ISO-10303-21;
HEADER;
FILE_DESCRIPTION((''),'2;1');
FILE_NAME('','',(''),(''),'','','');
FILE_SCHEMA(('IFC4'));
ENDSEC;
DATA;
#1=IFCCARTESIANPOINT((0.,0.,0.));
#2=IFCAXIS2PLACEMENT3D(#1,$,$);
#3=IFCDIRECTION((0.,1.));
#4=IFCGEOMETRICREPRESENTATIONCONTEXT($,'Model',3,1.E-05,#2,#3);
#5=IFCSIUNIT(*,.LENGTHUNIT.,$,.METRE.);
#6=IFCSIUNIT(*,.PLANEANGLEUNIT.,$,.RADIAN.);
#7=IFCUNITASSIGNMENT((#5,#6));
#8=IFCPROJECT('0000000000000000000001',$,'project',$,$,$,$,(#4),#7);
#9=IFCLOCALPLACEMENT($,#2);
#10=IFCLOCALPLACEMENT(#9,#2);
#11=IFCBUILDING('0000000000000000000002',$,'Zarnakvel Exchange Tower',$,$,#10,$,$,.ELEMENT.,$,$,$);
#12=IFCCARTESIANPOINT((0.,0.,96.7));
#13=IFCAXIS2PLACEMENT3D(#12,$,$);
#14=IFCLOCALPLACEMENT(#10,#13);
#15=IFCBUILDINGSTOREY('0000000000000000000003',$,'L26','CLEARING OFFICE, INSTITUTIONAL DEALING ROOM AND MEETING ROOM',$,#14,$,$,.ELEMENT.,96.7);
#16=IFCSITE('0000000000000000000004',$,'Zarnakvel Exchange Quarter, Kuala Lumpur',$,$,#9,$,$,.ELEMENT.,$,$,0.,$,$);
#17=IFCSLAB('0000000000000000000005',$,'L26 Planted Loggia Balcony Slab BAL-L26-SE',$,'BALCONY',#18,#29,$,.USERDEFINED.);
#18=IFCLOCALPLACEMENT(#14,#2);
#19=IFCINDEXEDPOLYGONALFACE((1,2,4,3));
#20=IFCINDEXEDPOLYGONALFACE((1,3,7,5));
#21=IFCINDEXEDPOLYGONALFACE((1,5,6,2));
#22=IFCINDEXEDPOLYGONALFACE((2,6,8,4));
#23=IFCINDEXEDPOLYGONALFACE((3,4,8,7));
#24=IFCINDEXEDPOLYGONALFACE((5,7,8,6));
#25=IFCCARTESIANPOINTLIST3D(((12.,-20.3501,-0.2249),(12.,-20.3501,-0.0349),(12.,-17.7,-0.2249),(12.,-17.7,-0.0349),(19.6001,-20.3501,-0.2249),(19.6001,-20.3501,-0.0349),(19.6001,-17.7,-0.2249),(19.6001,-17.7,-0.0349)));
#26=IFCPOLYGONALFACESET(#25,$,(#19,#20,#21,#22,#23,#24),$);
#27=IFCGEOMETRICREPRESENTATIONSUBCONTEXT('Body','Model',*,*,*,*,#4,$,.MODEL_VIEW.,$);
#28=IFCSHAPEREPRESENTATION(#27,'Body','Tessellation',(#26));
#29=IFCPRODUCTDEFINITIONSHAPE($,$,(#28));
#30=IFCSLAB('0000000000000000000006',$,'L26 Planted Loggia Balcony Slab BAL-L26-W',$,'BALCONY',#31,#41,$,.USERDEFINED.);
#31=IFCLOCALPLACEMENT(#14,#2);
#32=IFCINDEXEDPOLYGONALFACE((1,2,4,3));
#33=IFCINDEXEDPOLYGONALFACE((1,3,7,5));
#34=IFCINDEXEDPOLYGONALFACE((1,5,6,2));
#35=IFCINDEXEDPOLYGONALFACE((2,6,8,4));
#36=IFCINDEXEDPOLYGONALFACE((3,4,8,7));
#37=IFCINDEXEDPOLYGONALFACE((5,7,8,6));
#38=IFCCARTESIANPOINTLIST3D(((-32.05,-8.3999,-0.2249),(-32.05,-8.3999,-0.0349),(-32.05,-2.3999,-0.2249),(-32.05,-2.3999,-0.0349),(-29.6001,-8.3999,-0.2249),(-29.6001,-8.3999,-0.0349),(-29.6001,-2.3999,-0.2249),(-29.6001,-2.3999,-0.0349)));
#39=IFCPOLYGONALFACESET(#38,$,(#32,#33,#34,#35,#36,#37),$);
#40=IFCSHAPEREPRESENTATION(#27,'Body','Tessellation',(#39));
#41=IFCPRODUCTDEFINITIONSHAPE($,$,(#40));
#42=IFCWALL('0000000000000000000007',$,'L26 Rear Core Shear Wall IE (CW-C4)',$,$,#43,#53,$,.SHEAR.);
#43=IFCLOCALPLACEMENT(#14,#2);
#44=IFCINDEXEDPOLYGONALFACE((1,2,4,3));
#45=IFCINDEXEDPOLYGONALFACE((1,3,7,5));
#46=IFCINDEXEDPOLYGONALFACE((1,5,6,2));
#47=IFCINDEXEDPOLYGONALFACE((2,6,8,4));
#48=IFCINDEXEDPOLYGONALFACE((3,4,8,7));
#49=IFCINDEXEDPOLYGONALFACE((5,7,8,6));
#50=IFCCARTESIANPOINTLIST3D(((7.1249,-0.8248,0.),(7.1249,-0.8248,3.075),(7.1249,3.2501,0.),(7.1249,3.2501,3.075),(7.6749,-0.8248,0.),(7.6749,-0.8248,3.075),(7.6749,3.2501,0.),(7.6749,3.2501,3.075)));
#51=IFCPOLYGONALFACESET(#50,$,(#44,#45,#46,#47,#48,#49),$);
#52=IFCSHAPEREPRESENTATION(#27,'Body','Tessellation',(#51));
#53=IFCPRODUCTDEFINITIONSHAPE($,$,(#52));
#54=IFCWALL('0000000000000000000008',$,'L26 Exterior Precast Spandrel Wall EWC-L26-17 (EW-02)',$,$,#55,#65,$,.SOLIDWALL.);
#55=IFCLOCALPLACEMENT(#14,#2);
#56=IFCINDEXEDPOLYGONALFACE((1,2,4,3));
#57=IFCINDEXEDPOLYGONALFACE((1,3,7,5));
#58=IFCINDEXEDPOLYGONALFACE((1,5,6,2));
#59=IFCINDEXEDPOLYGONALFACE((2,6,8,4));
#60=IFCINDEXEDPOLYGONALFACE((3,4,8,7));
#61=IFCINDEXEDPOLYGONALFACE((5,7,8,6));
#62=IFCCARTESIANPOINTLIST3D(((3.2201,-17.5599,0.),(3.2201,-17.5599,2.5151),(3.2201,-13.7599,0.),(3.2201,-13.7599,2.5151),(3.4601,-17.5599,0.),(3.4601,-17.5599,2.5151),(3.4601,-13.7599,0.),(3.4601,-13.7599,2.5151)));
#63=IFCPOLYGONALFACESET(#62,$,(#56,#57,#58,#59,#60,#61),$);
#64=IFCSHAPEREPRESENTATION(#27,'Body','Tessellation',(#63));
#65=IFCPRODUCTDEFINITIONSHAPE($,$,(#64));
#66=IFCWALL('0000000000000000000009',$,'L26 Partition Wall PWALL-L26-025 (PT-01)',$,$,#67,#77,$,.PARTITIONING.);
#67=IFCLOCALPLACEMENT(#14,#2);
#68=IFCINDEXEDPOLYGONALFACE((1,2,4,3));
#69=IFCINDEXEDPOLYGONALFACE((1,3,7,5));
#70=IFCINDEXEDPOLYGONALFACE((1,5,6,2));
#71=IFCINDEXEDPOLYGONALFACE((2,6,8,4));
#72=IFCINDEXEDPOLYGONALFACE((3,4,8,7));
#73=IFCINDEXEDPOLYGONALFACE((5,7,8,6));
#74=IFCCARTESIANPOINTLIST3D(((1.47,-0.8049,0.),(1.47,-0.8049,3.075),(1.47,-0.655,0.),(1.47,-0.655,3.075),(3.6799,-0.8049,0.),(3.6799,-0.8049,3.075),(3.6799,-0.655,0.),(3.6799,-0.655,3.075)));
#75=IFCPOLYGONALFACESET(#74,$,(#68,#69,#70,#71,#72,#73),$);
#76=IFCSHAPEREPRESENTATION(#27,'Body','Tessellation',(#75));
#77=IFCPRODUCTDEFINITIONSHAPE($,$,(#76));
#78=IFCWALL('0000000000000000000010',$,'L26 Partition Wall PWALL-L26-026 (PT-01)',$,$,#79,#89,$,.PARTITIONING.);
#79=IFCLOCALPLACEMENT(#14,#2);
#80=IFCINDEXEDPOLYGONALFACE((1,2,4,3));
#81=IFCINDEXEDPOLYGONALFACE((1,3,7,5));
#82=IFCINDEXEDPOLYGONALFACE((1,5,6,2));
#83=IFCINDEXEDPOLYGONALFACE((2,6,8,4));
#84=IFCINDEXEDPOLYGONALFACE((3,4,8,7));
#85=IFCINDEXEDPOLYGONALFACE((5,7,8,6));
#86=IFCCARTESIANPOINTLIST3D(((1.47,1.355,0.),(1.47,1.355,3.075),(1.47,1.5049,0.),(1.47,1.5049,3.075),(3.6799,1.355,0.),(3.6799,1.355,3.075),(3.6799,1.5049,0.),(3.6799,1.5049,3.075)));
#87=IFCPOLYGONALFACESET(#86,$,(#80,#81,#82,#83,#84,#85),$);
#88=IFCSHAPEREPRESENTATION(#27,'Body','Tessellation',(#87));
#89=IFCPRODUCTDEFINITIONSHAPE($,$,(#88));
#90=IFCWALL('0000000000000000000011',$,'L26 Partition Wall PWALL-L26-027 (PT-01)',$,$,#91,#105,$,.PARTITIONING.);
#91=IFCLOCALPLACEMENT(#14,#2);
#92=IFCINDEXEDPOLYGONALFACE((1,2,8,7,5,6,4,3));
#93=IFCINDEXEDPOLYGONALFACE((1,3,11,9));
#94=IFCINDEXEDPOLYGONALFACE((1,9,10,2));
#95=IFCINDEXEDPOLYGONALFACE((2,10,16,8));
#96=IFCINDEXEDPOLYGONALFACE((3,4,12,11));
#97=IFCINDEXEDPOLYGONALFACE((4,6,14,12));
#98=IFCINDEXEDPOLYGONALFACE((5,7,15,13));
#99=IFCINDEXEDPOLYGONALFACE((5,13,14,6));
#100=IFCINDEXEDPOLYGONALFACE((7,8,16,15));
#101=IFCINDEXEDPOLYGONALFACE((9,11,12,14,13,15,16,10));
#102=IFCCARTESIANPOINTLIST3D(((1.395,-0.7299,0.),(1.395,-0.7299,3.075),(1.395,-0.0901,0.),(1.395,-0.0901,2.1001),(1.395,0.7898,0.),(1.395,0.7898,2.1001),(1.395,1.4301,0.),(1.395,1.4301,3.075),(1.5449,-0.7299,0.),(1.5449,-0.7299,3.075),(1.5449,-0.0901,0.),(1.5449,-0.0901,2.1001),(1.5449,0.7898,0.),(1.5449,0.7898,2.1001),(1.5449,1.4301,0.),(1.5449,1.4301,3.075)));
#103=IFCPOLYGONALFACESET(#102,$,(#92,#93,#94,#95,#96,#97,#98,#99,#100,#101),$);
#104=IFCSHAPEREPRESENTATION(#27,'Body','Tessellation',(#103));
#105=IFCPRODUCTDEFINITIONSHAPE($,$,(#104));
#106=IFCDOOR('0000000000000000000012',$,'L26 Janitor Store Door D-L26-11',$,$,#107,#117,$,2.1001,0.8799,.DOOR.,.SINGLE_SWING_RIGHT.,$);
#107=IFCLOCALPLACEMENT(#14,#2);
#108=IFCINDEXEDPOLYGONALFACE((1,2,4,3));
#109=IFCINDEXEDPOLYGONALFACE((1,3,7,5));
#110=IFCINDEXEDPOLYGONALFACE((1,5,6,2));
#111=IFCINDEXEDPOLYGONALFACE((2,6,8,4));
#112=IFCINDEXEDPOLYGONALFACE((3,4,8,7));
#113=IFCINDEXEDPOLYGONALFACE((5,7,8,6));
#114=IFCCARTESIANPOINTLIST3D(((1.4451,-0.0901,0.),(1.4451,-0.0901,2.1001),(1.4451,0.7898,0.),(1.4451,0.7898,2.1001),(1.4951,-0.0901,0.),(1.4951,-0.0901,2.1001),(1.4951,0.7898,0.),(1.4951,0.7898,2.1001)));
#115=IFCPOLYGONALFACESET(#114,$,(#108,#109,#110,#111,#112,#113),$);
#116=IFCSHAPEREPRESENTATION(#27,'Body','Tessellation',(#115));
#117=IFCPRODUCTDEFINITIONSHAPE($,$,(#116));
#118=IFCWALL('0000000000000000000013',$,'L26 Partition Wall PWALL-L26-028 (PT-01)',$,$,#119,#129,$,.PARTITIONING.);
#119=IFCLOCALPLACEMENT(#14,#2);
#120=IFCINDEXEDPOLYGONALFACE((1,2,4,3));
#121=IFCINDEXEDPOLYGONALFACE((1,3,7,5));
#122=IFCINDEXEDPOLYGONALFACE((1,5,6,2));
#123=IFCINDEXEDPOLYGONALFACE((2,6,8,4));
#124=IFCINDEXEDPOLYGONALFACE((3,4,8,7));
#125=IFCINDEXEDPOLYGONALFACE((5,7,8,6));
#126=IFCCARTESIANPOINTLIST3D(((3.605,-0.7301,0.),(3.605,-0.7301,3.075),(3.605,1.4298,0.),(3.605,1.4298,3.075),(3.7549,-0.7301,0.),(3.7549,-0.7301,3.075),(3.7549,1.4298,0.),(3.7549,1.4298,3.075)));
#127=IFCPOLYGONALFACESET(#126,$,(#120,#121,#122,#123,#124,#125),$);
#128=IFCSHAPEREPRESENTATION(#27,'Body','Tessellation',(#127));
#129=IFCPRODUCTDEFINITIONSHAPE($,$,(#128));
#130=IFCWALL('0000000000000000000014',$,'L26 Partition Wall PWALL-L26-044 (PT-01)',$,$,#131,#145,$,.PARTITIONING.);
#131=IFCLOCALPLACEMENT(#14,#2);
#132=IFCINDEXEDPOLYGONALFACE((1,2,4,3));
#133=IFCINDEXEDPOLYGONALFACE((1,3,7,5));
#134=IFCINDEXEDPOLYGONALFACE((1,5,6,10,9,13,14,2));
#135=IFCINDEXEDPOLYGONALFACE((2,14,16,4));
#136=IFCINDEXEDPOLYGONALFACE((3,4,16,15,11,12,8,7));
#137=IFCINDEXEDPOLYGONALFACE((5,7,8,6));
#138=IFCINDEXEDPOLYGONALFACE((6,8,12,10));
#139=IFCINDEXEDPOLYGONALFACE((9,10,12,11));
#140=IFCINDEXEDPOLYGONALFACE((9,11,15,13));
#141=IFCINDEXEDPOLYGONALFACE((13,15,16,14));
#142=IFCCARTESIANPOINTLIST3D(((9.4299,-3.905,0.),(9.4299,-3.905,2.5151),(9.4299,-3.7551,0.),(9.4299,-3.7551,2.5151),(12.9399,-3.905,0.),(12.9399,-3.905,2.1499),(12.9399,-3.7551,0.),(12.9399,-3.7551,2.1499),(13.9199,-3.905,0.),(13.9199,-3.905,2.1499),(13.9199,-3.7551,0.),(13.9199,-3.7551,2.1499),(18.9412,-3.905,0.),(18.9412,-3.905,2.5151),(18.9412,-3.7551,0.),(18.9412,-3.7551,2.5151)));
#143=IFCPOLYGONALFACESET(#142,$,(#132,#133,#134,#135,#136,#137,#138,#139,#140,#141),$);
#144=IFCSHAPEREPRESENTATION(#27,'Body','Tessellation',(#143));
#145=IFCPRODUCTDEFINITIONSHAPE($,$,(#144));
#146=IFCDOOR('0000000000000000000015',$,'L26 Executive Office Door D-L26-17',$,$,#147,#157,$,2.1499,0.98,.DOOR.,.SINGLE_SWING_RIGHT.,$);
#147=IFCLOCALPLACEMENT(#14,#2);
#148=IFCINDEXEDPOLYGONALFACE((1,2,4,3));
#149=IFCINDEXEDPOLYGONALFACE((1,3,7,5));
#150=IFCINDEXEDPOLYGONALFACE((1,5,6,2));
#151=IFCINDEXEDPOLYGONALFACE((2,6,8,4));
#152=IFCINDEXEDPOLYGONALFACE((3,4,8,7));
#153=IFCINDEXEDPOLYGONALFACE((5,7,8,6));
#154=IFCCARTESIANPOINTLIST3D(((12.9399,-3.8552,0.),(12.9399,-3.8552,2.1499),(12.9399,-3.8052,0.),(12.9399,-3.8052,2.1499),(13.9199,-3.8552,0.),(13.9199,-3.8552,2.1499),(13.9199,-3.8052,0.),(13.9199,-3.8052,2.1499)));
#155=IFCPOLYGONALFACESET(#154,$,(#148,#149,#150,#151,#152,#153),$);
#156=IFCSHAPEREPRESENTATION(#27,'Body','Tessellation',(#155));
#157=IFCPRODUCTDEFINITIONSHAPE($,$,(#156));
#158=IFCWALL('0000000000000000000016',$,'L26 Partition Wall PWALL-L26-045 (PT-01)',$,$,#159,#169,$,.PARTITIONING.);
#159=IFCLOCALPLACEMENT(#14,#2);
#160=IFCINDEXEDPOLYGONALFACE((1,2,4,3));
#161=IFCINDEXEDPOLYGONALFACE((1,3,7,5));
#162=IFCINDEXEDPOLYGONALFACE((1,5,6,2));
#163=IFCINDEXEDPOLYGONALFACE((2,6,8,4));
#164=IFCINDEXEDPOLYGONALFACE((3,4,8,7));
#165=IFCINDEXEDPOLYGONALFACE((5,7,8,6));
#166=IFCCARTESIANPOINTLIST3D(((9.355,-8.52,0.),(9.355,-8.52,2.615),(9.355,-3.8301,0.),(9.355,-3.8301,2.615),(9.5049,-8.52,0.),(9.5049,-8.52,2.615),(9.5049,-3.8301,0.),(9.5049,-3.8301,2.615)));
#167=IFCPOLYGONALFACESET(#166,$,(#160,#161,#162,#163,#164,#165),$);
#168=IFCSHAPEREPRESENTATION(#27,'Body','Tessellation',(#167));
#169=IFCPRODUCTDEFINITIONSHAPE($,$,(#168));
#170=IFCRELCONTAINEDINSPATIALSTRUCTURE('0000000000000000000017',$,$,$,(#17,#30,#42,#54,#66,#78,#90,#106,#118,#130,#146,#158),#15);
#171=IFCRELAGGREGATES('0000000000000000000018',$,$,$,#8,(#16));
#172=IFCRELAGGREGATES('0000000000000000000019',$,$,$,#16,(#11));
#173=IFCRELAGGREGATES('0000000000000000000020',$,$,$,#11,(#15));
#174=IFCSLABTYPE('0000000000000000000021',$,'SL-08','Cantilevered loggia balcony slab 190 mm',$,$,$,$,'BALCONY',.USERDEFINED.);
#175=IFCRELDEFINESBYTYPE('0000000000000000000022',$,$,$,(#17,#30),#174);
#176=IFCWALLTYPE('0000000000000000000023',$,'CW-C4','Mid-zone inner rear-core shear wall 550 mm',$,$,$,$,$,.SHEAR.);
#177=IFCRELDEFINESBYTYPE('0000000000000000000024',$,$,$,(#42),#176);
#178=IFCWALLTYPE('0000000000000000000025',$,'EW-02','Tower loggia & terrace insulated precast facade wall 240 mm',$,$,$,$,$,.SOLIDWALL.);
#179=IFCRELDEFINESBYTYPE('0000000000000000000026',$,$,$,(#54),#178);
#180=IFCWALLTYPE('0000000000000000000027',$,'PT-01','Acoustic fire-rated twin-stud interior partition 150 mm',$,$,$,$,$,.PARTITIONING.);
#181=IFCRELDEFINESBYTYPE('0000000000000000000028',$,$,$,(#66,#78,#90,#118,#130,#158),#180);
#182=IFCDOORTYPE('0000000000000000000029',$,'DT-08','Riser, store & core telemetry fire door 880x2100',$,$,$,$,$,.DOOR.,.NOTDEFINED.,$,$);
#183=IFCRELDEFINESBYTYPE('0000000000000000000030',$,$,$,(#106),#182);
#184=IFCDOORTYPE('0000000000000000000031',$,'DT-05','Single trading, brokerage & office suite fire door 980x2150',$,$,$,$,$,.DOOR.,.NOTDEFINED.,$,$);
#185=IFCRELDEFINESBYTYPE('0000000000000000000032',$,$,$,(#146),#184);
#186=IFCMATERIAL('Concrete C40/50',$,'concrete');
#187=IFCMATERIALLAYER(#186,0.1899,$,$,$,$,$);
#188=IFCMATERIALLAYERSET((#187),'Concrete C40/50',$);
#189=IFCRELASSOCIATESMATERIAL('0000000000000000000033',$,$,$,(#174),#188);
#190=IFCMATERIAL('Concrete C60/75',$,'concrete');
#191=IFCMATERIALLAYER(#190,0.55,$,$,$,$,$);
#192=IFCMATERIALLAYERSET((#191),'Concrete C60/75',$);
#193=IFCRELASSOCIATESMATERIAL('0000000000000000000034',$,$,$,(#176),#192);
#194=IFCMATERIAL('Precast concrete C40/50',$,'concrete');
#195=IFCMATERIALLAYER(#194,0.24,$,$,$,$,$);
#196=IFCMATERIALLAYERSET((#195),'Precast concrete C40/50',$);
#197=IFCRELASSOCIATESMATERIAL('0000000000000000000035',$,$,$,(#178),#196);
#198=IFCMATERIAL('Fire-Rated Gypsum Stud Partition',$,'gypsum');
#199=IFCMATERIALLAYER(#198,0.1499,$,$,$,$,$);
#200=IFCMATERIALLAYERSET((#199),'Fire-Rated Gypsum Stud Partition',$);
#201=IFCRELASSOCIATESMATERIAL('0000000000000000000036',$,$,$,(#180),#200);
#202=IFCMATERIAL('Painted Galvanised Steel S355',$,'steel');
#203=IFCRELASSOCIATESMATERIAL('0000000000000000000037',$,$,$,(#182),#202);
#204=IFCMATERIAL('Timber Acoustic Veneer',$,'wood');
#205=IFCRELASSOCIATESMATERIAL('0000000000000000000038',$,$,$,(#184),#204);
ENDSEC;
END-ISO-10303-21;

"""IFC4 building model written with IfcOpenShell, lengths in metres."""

from ifc_helpers import new_model, si_unit, direction, frame, frame_2d, origin, place, context, subcontext, project, spatial, polyline, rectangle, outline, extrude, source, transform, mapped, material, layer, layer_set, type_object, element, fill, save


model = new_model("IFC4")

# Units and contexts
model_context = context("Model", 3, precision=1e-05, world=origin(), true_north=direction((0.0, 1.0)))
body_context = subcontext(model_context, "Body", "Model", "MODEL_VIEW")
ifc_project = project(units=[si_unit("LENGTHUNIT", "METRE"), si_unit("PLANEANGLEUNIT", "RADIAN")], contexts=[model_context])

# Site, building, storey
site_placement = place(None, origin())
site = spatial("IfcSite", under=ifc_project, at=site_placement, Name="Zarnakvel Exchange Quarter, Kuala Lumpur", CompositionType="ELEMENT", RefElevation=0.0)
building_placement = place(site_placement, origin())
building = spatial("IfcBuilding", under=site, at=building_placement, Name="Zarnakvel Exchange Tower", CompositionType="ELEMENT")
storey_placement = place(building_placement, frame((0.0, 0.0, 96.7)))
storey = spatial("IfcBuildingStorey", under=building, at=storey_placement, Name="L26", Description="CLEARING OFFICE, INSTITUTIONAL DEALING ROOM AND MEETING ROOM", CompositionType="ELEMENT", Elevation=96.7)

# Shared definitions
ifc_material_1 = material(Name="Concrete C60/75", Category="concrete")

# Shared definitions
ifc_material_2 = material(Name="Concrete C40/50", Category="concrete")

# Slabs
ifc_layer_1 = layer(ifc_material_2, 0.1899)
ifc_layer_set_1 = layer_set([ifc_layer_1], Name="Concrete C40/50")
slab_type_1 = type_object("IfcSlabType", Name="SL-08", Description="Cantilevered loggia balcony slab 190 mm", ElementType="BALCONY", PredefinedType="USERDEFINED", material=ifc_layer_set_1)
slab_1_placement = place(storey_placement, frame((0.0, 0.0, -0.2249)))
element("IfcSlab", 1, at=slab_1_placement, inside=storey, type_object=slab_type_1, Name="L26 Planted Loggia Balcony Slab BAL-L26-SE", ObjectType="BALCONY", PredefinedType="USERDEFINED", context=body_context, shape_type="SweptSolid", body=[
    extrude(outline(polyline([(12.0, -20.3501), (19.6001, -20.3501), (19.6001, -17.7), (12.0, -17.7), (12.0, -20.3501)])), origin(), (0.0, 0.0, 1.0), 0.1899),
])
slab_2_placement = place(storey_placement, frame((0.0, 0.0, -0.2249)))
element("IfcSlab", 2, at=slab_2_placement, inside=storey, type_object=slab_type_1, Name="L26 Planted Loggia Balcony Slab BAL-L26-W", ObjectType="BALCONY", PredefinedType="USERDEFINED", context=body_context, shape_type="SweptSolid", body=[
    extrude(outline(polyline([(-32.05, -8.3999), (-29.6001, -8.3999), (-29.6001, -2.3999), (-32.05, -2.3999), (-32.05, -8.3999)])), origin(), (0.0, 0.0, 1.0), 0.1899),
])

# Shared definitions
ifc_material_3 = material(Name="Painted Galvanised Steel S355", Category="steel")

# Walls
ifc_layer_2 = layer(ifc_material_1, 0.55)
ifc_layer_set_2 = layer_set([ifc_layer_2], Name="Concrete C60/75")
wall_type_1 = type_object("IfcWallType", Name="CW-C4", Description="Mid-zone inner rear-core shear wall 550 mm", PredefinedType="SHEAR", material=ifc_layer_set_2)
wall_1_placement = place(storey_placement, frame((7.3999, -0.825, 0.0), z_axis=(0.0, 0.0, 1.0), x_axis=(0.0, 1.0, 0.0)))
element("IfcWall", 3, at=wall_1_placement, inside=storey, type_object=wall_type_1, Name="L26 Rear Core Shear Wall IE (CW-C4)", PredefinedType="SHEAR", context=body_context, shape_type="SweptSolid", body=[
    extrude(rectangle(XDim=4.075, YDim=0.55, at=frame_2d((2.0376, 0.0))), origin(), (0.0, 0.0, 1.0), 3.075),
])
ifc_material_4 = material(Name="Precast concrete C40/50", Category="concrete")
ifc_layer_3 = layer(ifc_material_4, 0.24)
ifc_layer_set_3 = layer_set([ifc_layer_3], Name="Precast concrete C40/50")
wall_type_2 = type_object("IfcWallType", Name="EW-02", Description="Tower loggia & terrace insulated precast facade wall 240 mm", PredefinedType="SOLIDWALL", material=ifc_layer_set_3)
wall_2_placement = place(storey_placement, frame((3.3401, -13.76, 0.0), z_axis=(0.0, 0.0, 1.0), x_axis=(0.0, -1.0, 0.0)))
element("IfcWall", 4, at=wall_2_placement, inside=storey, type_object=wall_type_2, Name="L26 Exterior Precast Spandrel Wall EWC-L26-17 (EW-02)", PredefinedType="SOLIDWALL", context=body_context, shape_type="SweptSolid", body=[
    extrude(rectangle(XDim=3.8, YDim=0.24, at=frame_2d((1.8999, 0.0))), origin(), (0.0, 0.0, 1.0), 2.5151),
])
ifc_material_5 = material(Name="Fire-Rated Gypsum Stud Partition", Category="gypsum")
ifc_layer_4 = layer(ifc_material_5, 0.1499)
ifc_layer_set_4 = layer_set([ifc_layer_4], Name="Fire-Rated Gypsum Stud Partition")
wall_type_3 = type_object("IfcWallType", Name="PT-01", Description="Acoustic fire-rated twin-stud interior partition 150 mm", PredefinedType="PARTITIONING", material=ifc_layer_set_4)
for number, where, z_axis, x_axis, name in (
    (5, (3.6799, -0.73, 0.0), (0.0, 0.0, 1.0), (-1.0, 0.0, 0.0), "L26 Partition Wall PWALL-L26-025 (PT-01)"),
    (6, (1.47, 1.4299, 0.0), (0.0, 0.0, 1.0), (1.0, 0.0, 0.0), "L26 Partition Wall PWALL-L26-026 (PT-01)"),
):
    element("IfcWall", number, at=place(storey_placement, frame(where, z_axis=z_axis, x_axis=x_axis)), inside=storey, type_object=wall_type_3, Name=name, PredefinedType="PARTITIONING", context=body_context, shape_type="SweptSolid", body=[
        extrude(rectangle(XDim=2.21, YDim=0.1499, at=frame_2d((1.105, 0.0))), origin(), (0.0, 0.0, 1.0), 3.075),
    ])

# Wall, opening, door
wall_3_placement = place(storey_placement, frame((1.47, -0.73, 0.0), z_axis=(0.0, 0.0, 1.0), x_axis=(0.0, 1.0, 0.0)))
wall_3 = element("IfcWall", 7, at=wall_3_placement, inside=storey, type_object=wall_type_3, Name="L26 Partition Wall PWALL-L26-027 (PT-01)", PredefinedType="PARTITIONING", context=body_context, shape_type="SweptSolid", body=[
    extrude(rectangle(XDim=2.1599, YDim=0.1499, at=frame_2d((1.0801, 0.0))), origin(), (0.0, 0.0, 1.0), 3.075),
])
opening_1_placement = place(wall_3_placement, frame((0.6399, 0.0, 0.0)))
opening_1 = element("IfcOpeningElement", 8, at=opening_1_placement, cuts=wall_3, PredefinedType="OPENING", context=body_context, shape_type="SweptSolid", body=[
    extrude(rectangle(XDim=0.8799, YDim=2.1001, at=frame_2d((0.4399, 1.05))), frame((0.0, 0.085, 0.0), z_axis=(0.0, -1.0, 0.0), x_axis=(1.0, 0.0, 0.0)), (0.0, 0.0, 1.0), 0.1699),
])
door_type_1 = type_object("IfcDoorType", Name="DT-08", Description="Riser, store & core telemetry fire door 880x2100", OperationType="NOTDEFINED", PredefinedType="DOOR", material=ifc_material_3)
shared_shape_1 = source(origin(), body_context, "Body", "SweptSolid", [
    extrude(rectangle(XDim=0.8799, YDim=2.1001, at=frame_2d((0.4399, 1.05))), frame((0.0, 0.0249, 0.0), z_axis=(0.0, -1.0, 0.0), x_axis=(1.0, 0.0, 0.0)), (0.0, 0.0, 1.0), 0.05),
])
door_1_placement = place(opening_1_placement, origin())
door_1 = element("IfcDoor", 9, at=door_1_placement, inside=storey, type_object=door_type_1, Name="L26 Janitor Store Door D-L26-11", OperationType="SINGLE_SWING_RIGHT", OverallHeight=2.1001, OverallWidth=0.8799, PredefinedType="DOOR", context=body_context, shape_type="MappedRepresentation", body=[
    mapped(shared_shape_1, transform((0.0, 0.0, 0.0), x_axis=(1.0, 0.0, 0.0), y_axis=(0.0, 1.0, 0.0), z_axis=(0.0, 0.0, 1.0), scale=1.0)),
])
fill(opening_1, door_1)

# Wall
wall_4_placement = place(storey_placement, frame((3.6799, 1.4299, 0.0), z_axis=(0.0, 0.0, 1.0), x_axis=(0.0, -1.0, 0.0)))
element("IfcWall", 10, at=wall_4_placement, inside=storey, type_object=wall_type_3, Name="L26 Partition Wall PWALL-L26-028 (PT-01)", PredefinedType="PARTITIONING", context=body_context, shape_type="SweptSolid", body=[
    extrude(rectangle(XDim=2.1599, YDim=0.1499, at=frame_2d((1.0801, 0.0))), origin(), (0.0, 0.0, 1.0), 3.075),
])

# Wall, opening, door
ifc_material_6 = material(Name="Timber Acoustic Veneer", Category="wood")
door_type_2 = type_object("IfcDoorType", Name="DT-05", Description="Single trading, brokerage & office suite fire door 980x2150", OperationType="NOTDEFINED", PredefinedType="DOOR", material=ifc_material_6)
wall_5_placement = place(storey_placement, frame((9.4299, -3.8301, 0.0), z_axis=(0.0, 0.0, 1.0), x_axis=(1.0, 0.0, 0.0)))
wall_5 = element("IfcWall", 11, at=wall_5_placement, inside=storey, type_object=wall_type_3, Name="L26 Partition Wall PWALL-L26-044 (PT-01)", PredefinedType="PARTITIONING", context=body_context, shape_type="SweptSolid", body=[
    extrude(rectangle(XDim=9.5112, YDim=0.1499, at=frame_2d((4.7556, 0.0))), origin(), (0.0, 0.0, 1.0), 2.5151),
])
opening_2_placement = place(wall_5_placement, frame((3.51, 0.0, 0.0)))
opening_2 = element("IfcOpeningElement", 12, at=opening_2_placement, cuts=wall_5, PredefinedType="OPENING", context=body_context, shape_type="SweptSolid", body=[
    extrude(rectangle(XDim=0.98, YDim=2.1499, at=frame_2d((0.49, 1.075))), frame((0.0, 0.085, 0.0), z_axis=(0.0, -1.0, 0.0), x_axis=(1.0, 0.0, 0.0)), (0.0, 0.0, 1.0), 0.1699),
])
shared_shape_2 = source(origin(), body_context, "Body", "SweptSolid", [
    extrude(rectangle(XDim=0.98, YDim=2.1499, at=frame_2d((0.49, 1.075))), frame((0.0, 0.0249, 0.0), z_axis=(0.0, -1.0, 0.0), x_axis=(1.0, 0.0, 0.0)), (0.0, 0.0, 1.0), 0.05),
])
door_2_placement = place(opening_2_placement, origin())
door_2 = element("IfcDoor", 13, at=door_2_placement, inside=storey, type_object=door_type_2, Name="L26 Executive Office Door D-L26-17", OperationType="SINGLE_SWING_RIGHT", OverallHeight=2.1499, OverallWidth=0.98, PredefinedType="DOOR", context=body_context, shape_type="MappedRepresentation", body=[
    mapped(shared_shape_2, transform((0.0, 0.0, 0.0), x_axis=(1.0, 0.0, 0.0), y_axis=(0.0, 1.0, 0.0), z_axis=(0.0, 0.0, 1.0), scale=1.0)),
])
fill(opening_2, door_2)

# Wall
wall_6_placement = place(storey_placement, frame((9.4299, -8.52, 0.0), z_axis=(0.0, 0.0, 1.0), x_axis=(0.0, 1.0, 0.0)))
element("IfcWall", 14, at=wall_6_placement, inside=storey, type_object=wall_type_3, Name="L26 Partition Wall PWALL-L26-045 (PT-01)", PredefinedType="PARTITIONING", context=body_context, shape_type="SweptSolid", body=[
    extrude(rectangle(XDim=4.6899, YDim=0.1499, at=frame_2d((2.345, 0.0))), origin(), (0.0, 0.0, 1.0), 2.615),
])

save(model, "model.ifc")
